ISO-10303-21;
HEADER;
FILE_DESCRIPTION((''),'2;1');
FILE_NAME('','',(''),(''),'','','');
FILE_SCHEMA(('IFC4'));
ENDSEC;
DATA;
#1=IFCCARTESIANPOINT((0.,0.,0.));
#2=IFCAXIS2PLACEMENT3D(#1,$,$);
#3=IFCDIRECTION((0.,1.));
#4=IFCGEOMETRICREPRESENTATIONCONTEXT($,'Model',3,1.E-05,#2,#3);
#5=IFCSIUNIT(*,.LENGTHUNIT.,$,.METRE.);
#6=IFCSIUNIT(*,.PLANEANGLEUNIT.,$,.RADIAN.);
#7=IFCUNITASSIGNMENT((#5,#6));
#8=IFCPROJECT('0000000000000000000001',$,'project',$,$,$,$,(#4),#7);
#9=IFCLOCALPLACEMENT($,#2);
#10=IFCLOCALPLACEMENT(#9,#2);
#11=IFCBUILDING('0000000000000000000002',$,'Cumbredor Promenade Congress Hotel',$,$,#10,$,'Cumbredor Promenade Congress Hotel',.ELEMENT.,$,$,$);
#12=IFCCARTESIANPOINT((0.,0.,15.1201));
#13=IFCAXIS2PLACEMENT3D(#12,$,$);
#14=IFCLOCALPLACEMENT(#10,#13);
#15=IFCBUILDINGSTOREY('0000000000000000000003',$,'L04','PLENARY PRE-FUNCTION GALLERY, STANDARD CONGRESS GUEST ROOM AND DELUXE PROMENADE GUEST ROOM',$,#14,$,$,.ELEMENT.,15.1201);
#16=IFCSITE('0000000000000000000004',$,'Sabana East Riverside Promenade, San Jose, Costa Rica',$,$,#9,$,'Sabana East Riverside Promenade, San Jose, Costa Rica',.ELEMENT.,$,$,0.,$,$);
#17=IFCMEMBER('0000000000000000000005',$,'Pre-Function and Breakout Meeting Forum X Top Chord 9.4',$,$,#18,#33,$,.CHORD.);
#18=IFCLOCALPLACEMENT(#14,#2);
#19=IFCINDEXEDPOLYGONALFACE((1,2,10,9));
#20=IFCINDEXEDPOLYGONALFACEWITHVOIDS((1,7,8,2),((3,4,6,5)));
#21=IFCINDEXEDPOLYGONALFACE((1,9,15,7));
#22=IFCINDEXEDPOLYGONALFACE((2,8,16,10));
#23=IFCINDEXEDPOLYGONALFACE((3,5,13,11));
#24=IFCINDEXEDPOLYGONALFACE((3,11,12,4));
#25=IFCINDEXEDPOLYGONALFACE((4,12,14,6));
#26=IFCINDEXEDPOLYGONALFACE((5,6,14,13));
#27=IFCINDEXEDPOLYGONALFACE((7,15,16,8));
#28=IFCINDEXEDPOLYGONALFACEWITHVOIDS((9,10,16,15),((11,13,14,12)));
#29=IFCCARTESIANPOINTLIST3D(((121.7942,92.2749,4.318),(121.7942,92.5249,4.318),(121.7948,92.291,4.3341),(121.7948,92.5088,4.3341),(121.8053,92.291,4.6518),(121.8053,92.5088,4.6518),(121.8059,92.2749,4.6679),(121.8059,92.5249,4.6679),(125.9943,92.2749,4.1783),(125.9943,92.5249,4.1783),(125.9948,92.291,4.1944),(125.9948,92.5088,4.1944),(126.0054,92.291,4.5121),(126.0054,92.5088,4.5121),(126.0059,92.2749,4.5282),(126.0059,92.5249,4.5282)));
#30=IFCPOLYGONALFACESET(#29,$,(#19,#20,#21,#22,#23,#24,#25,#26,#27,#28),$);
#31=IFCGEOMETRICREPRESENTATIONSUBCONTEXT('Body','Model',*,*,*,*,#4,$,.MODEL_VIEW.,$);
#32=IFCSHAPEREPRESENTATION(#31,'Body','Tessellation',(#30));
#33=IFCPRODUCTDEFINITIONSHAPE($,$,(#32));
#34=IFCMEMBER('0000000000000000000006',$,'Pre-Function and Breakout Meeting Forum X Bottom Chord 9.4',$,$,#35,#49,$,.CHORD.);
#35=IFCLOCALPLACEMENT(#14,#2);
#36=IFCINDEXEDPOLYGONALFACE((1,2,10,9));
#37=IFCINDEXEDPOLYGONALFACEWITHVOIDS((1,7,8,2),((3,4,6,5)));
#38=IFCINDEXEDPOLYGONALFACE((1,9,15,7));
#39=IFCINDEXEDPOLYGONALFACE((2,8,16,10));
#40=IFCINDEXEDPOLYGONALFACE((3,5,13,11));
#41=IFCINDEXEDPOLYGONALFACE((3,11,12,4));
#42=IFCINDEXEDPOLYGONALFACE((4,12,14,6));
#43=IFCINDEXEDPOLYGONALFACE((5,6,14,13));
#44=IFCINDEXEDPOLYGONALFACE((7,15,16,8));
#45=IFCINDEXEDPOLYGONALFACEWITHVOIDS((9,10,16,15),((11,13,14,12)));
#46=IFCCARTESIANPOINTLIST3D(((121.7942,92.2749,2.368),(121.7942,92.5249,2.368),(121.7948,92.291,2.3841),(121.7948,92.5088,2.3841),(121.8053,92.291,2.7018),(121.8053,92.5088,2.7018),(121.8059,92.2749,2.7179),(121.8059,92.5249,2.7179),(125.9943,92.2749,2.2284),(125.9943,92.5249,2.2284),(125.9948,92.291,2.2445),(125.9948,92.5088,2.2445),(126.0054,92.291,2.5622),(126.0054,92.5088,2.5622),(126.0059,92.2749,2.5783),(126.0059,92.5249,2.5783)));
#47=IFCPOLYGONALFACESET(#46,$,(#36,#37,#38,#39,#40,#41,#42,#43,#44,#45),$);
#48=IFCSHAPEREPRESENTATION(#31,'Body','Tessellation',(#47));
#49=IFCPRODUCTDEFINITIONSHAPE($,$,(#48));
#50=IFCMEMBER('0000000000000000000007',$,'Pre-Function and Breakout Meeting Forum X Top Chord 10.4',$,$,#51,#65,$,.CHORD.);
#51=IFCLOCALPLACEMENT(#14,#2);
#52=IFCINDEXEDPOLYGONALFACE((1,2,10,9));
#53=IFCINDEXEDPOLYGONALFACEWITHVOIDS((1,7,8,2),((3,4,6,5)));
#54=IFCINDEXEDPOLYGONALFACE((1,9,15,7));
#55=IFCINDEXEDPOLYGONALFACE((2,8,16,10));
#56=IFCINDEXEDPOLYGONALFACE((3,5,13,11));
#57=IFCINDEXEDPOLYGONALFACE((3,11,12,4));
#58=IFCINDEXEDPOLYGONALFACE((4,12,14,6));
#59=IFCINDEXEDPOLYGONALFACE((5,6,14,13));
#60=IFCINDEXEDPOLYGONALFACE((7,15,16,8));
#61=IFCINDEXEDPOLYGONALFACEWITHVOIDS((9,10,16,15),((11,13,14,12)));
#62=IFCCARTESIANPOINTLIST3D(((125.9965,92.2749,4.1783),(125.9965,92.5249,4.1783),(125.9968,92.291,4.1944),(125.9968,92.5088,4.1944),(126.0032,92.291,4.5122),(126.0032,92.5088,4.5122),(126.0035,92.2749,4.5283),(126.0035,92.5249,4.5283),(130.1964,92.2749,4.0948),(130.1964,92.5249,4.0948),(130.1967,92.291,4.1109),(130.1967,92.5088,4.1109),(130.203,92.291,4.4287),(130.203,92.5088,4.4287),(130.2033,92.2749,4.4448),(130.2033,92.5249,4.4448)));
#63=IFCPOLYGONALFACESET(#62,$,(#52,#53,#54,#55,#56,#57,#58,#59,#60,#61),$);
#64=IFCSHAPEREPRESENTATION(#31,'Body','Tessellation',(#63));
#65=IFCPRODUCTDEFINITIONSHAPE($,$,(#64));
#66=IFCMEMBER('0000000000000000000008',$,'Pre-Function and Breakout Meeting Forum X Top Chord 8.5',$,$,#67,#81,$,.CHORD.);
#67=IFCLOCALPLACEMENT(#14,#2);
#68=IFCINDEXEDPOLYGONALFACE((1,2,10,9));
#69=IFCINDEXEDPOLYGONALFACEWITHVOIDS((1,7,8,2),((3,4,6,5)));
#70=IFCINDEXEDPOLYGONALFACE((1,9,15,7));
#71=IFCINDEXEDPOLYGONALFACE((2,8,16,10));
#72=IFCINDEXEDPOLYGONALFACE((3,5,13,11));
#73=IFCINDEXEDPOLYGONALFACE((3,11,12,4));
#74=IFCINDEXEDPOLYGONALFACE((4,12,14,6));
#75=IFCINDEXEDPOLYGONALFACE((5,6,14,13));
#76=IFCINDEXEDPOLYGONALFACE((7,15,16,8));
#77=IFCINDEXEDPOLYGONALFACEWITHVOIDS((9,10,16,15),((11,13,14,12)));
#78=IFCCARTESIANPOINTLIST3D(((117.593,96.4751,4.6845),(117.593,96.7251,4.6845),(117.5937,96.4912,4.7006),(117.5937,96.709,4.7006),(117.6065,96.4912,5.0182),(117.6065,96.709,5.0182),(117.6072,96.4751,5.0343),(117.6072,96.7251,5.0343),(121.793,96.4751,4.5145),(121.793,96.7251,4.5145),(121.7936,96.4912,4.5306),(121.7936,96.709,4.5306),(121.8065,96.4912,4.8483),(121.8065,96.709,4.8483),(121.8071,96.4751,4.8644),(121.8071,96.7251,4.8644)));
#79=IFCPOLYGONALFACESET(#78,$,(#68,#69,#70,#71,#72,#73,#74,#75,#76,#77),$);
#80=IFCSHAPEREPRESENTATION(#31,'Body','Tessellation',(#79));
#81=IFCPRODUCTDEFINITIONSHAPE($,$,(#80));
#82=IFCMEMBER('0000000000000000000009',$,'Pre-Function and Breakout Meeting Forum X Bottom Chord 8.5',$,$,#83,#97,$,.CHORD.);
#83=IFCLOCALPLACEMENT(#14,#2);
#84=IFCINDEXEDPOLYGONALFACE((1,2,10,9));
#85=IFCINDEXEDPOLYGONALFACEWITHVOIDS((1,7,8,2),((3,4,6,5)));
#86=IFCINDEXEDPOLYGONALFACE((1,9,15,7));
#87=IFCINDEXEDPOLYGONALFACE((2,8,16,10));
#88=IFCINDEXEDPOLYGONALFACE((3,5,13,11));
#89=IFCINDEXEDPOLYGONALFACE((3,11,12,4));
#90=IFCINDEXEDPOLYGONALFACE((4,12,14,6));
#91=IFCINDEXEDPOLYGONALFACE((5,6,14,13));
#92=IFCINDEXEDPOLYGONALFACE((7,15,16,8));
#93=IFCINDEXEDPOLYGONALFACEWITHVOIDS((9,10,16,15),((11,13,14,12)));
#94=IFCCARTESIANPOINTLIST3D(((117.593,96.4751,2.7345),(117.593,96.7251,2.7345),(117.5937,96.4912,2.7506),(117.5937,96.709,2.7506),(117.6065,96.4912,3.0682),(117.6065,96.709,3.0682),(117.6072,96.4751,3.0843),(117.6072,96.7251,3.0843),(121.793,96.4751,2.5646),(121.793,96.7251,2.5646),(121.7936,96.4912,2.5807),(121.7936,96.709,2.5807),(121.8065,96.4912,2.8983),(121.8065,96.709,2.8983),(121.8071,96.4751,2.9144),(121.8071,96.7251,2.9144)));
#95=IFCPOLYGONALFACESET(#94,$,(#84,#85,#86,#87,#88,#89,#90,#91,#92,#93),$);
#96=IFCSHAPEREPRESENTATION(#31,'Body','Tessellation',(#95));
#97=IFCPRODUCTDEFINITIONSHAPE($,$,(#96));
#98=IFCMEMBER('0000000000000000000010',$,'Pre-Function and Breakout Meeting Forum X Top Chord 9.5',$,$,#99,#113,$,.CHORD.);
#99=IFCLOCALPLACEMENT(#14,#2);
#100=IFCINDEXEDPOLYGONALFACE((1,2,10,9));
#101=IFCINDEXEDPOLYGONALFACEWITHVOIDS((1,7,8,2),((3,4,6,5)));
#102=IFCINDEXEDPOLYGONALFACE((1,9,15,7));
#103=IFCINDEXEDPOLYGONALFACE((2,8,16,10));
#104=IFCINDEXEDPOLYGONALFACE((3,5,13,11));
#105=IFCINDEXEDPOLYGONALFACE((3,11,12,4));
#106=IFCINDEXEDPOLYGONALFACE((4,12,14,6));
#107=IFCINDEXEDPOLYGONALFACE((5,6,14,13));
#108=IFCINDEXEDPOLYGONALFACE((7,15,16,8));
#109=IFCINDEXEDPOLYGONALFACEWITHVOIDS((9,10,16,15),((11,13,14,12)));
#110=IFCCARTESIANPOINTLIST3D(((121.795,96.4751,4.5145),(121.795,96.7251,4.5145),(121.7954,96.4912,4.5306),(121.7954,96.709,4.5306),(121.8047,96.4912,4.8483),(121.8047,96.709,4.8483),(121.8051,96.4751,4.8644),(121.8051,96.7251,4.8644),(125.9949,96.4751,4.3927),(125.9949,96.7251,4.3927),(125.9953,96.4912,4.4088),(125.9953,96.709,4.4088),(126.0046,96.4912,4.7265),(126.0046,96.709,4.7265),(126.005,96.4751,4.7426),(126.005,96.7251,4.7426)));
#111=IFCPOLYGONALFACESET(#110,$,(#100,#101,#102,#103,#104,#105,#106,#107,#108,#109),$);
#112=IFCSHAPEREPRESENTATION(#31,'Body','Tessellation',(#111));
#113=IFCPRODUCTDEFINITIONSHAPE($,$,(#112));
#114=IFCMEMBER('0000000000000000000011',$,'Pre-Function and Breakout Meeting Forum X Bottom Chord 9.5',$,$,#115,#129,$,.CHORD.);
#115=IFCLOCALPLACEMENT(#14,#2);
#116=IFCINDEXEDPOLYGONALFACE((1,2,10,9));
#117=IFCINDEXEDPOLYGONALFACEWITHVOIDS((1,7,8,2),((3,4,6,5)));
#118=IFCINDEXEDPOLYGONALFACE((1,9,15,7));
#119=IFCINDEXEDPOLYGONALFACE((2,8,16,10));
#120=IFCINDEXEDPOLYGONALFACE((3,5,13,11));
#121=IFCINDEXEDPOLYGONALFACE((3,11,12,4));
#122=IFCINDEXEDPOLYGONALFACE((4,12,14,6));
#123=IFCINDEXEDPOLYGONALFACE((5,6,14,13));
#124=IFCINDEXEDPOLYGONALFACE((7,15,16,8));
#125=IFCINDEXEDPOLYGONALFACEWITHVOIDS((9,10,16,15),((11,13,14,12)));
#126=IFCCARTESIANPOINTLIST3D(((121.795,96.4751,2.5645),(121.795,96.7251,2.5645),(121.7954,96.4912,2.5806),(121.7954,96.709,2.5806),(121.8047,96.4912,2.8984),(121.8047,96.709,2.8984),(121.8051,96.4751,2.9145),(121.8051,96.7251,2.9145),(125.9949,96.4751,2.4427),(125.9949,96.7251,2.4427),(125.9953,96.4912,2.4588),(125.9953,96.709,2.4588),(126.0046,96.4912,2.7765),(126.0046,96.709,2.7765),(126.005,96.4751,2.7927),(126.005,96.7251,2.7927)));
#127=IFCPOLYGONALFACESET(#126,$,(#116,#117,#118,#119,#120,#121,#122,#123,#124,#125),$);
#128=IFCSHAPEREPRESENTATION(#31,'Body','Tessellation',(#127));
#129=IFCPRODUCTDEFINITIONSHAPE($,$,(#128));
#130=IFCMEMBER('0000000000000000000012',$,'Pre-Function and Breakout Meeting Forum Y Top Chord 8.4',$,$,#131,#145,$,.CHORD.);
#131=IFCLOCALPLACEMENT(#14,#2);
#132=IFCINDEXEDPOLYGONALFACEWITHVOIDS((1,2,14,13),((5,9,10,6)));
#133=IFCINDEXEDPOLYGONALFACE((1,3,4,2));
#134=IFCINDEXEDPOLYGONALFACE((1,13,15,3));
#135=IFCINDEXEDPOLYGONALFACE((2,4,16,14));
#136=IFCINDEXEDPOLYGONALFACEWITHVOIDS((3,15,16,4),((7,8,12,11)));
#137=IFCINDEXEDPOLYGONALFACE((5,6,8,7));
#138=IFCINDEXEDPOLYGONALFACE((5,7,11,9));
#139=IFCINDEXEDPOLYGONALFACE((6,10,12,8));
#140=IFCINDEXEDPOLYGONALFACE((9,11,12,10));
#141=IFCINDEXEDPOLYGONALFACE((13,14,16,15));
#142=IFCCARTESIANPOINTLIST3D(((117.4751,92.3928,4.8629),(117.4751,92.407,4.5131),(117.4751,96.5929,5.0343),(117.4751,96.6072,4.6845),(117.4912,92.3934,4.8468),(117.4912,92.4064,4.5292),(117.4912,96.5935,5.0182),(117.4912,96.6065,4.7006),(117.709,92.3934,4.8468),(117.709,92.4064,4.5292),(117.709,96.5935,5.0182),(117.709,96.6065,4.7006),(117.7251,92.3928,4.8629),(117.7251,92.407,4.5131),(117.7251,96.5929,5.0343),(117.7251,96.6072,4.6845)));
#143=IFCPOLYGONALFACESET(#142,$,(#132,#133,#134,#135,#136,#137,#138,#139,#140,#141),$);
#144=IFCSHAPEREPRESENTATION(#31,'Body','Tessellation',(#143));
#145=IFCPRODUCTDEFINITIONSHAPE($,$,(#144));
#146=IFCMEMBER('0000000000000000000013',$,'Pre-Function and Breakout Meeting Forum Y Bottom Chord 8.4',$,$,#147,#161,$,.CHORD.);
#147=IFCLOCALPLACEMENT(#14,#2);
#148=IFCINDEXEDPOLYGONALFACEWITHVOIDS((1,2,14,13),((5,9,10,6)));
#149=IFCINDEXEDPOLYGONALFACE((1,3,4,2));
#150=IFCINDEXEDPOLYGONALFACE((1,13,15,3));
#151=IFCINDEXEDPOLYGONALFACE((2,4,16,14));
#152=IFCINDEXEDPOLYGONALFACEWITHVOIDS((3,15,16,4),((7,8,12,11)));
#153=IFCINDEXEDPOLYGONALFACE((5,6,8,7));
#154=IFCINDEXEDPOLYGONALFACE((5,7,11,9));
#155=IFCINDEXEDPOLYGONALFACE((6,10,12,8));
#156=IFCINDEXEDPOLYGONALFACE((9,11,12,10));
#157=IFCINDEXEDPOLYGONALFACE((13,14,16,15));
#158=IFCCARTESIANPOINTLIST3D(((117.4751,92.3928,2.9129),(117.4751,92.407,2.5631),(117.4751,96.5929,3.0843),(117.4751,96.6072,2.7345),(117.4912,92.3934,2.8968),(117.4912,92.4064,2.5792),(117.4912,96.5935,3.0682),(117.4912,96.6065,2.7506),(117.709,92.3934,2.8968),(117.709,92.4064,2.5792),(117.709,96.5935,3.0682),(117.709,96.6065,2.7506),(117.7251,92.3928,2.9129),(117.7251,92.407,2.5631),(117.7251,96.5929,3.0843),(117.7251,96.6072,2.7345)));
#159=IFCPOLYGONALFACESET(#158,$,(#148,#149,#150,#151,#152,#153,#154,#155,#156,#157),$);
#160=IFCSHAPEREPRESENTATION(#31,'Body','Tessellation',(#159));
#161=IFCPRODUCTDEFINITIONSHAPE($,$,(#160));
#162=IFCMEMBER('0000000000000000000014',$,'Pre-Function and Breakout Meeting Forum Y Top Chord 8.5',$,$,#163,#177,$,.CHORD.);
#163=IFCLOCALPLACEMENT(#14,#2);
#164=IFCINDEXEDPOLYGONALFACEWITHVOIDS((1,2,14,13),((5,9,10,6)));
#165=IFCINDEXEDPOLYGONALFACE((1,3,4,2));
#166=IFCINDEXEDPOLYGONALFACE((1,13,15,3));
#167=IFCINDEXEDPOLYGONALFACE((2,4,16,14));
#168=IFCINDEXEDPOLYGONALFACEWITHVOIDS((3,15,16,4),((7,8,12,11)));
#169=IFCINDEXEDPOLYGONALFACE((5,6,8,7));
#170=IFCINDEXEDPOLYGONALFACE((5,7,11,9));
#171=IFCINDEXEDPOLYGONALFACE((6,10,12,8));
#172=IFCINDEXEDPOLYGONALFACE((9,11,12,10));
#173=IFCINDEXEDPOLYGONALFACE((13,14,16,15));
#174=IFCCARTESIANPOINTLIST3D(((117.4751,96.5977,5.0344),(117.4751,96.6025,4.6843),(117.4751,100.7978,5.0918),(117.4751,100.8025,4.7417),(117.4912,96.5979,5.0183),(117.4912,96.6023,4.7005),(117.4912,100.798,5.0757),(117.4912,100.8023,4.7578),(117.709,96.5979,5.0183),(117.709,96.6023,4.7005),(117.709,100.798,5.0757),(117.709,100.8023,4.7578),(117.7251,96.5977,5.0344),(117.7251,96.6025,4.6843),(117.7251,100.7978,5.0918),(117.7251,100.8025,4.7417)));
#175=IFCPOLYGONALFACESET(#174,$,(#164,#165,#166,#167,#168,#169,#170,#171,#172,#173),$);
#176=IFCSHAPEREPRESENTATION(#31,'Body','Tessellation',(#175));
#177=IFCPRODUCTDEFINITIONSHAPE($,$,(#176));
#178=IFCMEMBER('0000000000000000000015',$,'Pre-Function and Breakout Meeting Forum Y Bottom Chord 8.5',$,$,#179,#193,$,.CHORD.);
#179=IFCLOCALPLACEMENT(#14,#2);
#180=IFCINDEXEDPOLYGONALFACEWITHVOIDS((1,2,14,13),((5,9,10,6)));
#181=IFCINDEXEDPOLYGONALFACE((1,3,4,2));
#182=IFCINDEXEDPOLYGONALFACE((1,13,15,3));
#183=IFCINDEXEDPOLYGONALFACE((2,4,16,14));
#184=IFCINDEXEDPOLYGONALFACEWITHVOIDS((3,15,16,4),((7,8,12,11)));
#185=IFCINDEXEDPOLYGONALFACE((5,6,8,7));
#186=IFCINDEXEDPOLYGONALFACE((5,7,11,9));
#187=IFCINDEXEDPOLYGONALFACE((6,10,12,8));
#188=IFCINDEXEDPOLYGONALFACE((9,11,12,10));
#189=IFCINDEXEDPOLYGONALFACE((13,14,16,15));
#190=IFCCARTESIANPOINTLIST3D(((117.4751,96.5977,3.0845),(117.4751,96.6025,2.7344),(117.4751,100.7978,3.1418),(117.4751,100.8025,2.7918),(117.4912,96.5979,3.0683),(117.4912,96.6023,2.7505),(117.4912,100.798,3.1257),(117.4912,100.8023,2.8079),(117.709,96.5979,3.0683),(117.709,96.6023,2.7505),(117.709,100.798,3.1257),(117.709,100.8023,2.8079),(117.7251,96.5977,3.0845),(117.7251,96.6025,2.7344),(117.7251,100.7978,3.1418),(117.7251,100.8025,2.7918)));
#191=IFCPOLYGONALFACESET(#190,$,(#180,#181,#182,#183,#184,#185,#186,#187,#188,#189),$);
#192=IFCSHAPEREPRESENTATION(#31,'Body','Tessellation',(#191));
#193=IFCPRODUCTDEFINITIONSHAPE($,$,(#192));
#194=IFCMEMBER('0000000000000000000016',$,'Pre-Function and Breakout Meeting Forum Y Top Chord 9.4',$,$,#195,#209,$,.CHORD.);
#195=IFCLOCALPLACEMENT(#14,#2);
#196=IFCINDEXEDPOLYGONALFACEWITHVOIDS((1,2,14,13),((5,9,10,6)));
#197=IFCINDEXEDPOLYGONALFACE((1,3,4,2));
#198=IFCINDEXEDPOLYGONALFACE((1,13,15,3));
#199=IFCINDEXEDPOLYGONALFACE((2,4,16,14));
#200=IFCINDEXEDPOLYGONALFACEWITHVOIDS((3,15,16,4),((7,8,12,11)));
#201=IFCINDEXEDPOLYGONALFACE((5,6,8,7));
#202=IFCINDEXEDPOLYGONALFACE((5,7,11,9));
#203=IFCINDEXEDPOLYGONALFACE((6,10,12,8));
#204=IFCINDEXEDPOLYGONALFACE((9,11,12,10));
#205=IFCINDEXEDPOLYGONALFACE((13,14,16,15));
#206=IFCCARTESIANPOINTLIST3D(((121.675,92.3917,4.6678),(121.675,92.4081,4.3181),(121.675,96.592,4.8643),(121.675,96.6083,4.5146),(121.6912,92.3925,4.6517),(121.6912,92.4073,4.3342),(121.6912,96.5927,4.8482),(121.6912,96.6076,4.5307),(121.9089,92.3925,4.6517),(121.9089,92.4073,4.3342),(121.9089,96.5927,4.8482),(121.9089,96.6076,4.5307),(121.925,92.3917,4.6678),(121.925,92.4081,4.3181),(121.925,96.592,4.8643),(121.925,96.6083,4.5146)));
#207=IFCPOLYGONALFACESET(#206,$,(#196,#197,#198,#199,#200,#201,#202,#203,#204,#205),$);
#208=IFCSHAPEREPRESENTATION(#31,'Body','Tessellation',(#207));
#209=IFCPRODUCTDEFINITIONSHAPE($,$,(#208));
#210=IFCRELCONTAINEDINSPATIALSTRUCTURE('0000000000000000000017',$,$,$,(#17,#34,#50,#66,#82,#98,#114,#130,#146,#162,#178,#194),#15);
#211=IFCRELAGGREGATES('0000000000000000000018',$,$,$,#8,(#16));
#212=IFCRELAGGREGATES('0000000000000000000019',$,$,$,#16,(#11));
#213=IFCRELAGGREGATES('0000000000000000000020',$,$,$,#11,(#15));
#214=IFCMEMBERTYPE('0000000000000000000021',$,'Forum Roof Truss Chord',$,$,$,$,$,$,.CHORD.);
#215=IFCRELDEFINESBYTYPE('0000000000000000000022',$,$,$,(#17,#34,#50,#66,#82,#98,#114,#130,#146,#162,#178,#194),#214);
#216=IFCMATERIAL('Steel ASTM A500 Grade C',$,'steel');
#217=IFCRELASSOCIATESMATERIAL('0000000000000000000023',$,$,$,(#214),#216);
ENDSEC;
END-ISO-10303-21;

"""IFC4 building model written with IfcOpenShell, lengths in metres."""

from ifc_helpers import new_model, si_unit, direction, frame, origin, origin_2d, place, context, subcontext, project, spatial, hollow_rectangle, extrude, material, material_profile, profile_set, type_object, element, save


model = new_model("IFC4")

# Units and contexts
model_context = context("Model", 3, precision=1e-05, world=origin(), true_north=direction((0.0, 1.0)))
body_context = subcontext(model_context, "Body", "Model", "MODEL_VIEW")
ifc_project = project(units=[si_unit("LENGTHUNIT", "METRE"), si_unit("PLANEANGLEUNIT", "RADIAN")], contexts=[model_context])

# Site, building, storey
site_placement = place(None, origin())
site = spatial("IfcSite", under=ifc_project, at=site_placement, Name="Sabana East Riverside Promenade, San Jose, Costa Rica", LongName="Sabana East Riverside Promenade, San Jose, Costa Rica", CompositionType="ELEMENT", RefElevation=0.0)
building_placement = place(site_placement, origin())
building = spatial("IfcBuilding", under=site, at=building_placement, Name="Cumbredor Promenade Congress Hotel", LongName="Cumbredor Promenade Congress Hotel", CompositionType="ELEMENT")
storey_placement = place(building_placement, frame((0.0, 0.0, 15.1201)))
storey = spatial("IfcBuildingStorey", under=building, at=storey_placement, Name="L04", Description="PLENARY PRE-FUNCTION GALLERY, STANDARD CONGRESS GUEST ROOM AND DELUXE PROMENADE GUEST ROOM", CompositionType="ELEMENT", Elevation=15.1201)

# Members
ifc_material_1 = material(Name="Steel ASTM A500 Grade C", Category="steel")
ifc_material_profile_1 = material_profile(ifc_material_1, hollow_rectangle(XDim=0.25, YDim=0.3501, WallThickness=0.0161, at=origin_2d()), Name="HSS 350x250x16")
ifc_profile_set_1 = profile_set([ifc_material_profile_1], Name="Steel ASTM A500 Grade C")
member_type_1 = type_object("IfcMemberType", Name="Forum Roof Truss Chord", PredefinedType="CHORD", material=ifc_profile_set_1)
for number, where, z_axis, x_axis, name in (
    (1, (121.8, 92.3999, 4.4929), (0.999448, 0.0, -0.033232), (0.0, 1.0, 0.0), "Pre-Function and Breakout Meeting Forum X Top Chord 9.4"),
    (2, (121.8, 92.3999, 2.543), (0.999448, 0.0, -0.033232), (0.0, 1.0, 0.0), "Pre-Function and Breakout Meeting Forum X Bottom Chord 9.4"),
):
    element("IfcMember", number, at=place(storey_placement, frame(where, z_axis=z_axis, x_axis=x_axis)), inside=storey, type_object=member_type_1, Name=name, PredefinedType="CHORD", context=body_context, shape_type="SweptSolid", body=[
        extrude(hollow_rectangle(XDim=0.25, YDim=0.3501, WallThickness=0.0161, at=origin_2d()), origin(), (0.0, 0.0, 1.0), 4.2024),
    ])
member_1_placement = place(storey_placement, frame((126.0, 92.3999, 4.3533), z_axis=(0.999802, 0.0, -0.019876), x_axis=(0.0, 1.0, 0.0)))
element("IfcMember", 3, at=member_1_placement, inside=storey, type_object=member_type_1, Name="Pre-Function and Breakout Meeting Forum X Top Chord 10.4", PredefinedType="CHORD", context=body_context, shape_type="SweptSolid", body=[
    extrude(hollow_rectangle(XDim=0.25, YDim=0.3501, WallThickness=0.0161, at=origin_2d()), origin(), (0.0, 0.0, 1.0), 4.2007),
])
for number, where, z_axis, x_axis, name in (
    (4, (117.6001, 96.6001, 4.8594), (0.999183, 0.0, -0.040425), (0.0, 1.0, 0.0), "Pre-Function and Breakout Meeting Forum X Top Chord 8.5"),
    (5, (117.6001, 96.6001, 2.9094), (0.999183, 0.0, -0.040425), (0.0, 1.0, 0.0), "Pre-Function and Breakout Meeting Forum X Bottom Chord 8.5"),
):
    element("IfcMember", number, at=place(storey_placement, frame(where, z_axis=z_axis, x_axis=x_axis)), inside=storey, type_object=member_type_1, Name=name, PredefinedType="CHORD", context=body_context, shape_type="SweptSolid", body=[
        extrude(hollow_rectangle(XDim=0.25, YDim=0.3501, WallThickness=0.0161, at=origin_2d()), origin(), (0.0, 0.0, 1.0), 4.2034),
    ])
for number, where, z_axis, x_axis, name in (
    (6, (121.8, 96.6001, 4.6895), (0.99958, 0.0, -0.028994), (0.0, 1.0, 0.0), "Pre-Function and Breakout Meeting Forum X Top Chord 9.5"),
    (7, (121.8, 96.6001, 2.7395), (0.99958, 0.0, -0.028994), (0.0, 1.0, 0.0), "Pre-Function and Breakout Meeting Forum X Bottom Chord 9.5"),
):
    element("IfcMember", number, at=place(storey_placement, frame(where, z_axis=z_axis, x_axis=x_axis)), inside=storey, type_object=member_type_1, Name=name, PredefinedType="CHORD", context=body_context, shape_type="SweptSolid", body=[
        extrude(hollow_rectangle(XDim=0.25, YDim=0.3501, WallThickness=0.0161, at=origin_2d()), origin(), (0.0, 0.0, 1.0), 4.2017),
    ])
for number, where, z_axis, x_axis, name in (
    (8, (117.6001, 92.3999, 4.688), (0.0, 0.999169, 0.040771), (-1.0, 0.0, 0.0), "Pre-Function and Breakout Meeting Forum Y Top Chord 8.4"),
    (9, (117.6001, 92.3999, 2.738), (0.0, 0.999169, 0.040771), (-1.0, 0.0, 0.0), "Pre-Function and Breakout Meeting Forum Y Bottom Chord 8.4"),
):
    element("IfcMember", number, at=place(storey_placement, frame(where, z_axis=z_axis, x_axis=x_axis)), inside=storey, type_object=member_type_1, Name=name, PredefinedType="CHORD", context=body_context, shape_type="SweptSolid", body=[
        extrude(hollow_rectangle(XDim=0.25, YDim=0.3501, WallThickness=0.0161, at=origin_2d()), origin(), (0.0, 0.0, 1.0), 4.2036),
    ])
for number, where, z_axis, x_axis, name in (
    (10, (117.6001, 96.6001, 4.8594), (0.0, 0.999907, 0.013659), (-1.0, 0.0, 0.0), "Pre-Function and Breakout Meeting Forum Y Top Chord 8.5"),
    (11, (117.6001, 96.6001, 2.9094), (0.0, 0.999907, 0.013659), (-1.0, 0.0, 0.0), "Pre-Function and Breakout Meeting Forum Y Bottom Chord 8.5"),
):
    element("IfcMember", number, at=place(storey_placement, frame(where, z_axis=z_axis, x_axis=x_axis)), inside=storey, type_object=member_type_1, Name=name, PredefinedType="CHORD", context=body_context, shape_type="SweptSolid", body=[
        extrude(hollow_rectangle(XDim=0.25, YDim=0.3501, WallThickness=0.0161, at=origin_2d()), origin(), (0.0, 0.0, 1.0), 4.2004),
    ])
for number, where, z_axis, x_axis, name in (
    (12, (121.8, 92.3999, 4.4929), (0.0, 0.998907, 0.04674), (-1.0, 0.0, 0.0), "Pre-Function and Breakout Meeting Forum Y Top Chord 9.4"),
):
    element("IfcMember", number, at=place(storey_placement, frame(where, z_axis=z_axis, x_axis=x_axis)), inside=storey, type_object=member_type_1, Name=name, PredefinedType="CHORD", context=body_context, shape_type="SweptSolid", body=[
        extrude(hollow_rectangle(XDim=0.25, YDim=0.3501, WallThickness=0.0161, at=origin_2d()), origin(), (0.0, 0.0, 1.0), 4.2048),
    ])

save(model, "model.ifc")
